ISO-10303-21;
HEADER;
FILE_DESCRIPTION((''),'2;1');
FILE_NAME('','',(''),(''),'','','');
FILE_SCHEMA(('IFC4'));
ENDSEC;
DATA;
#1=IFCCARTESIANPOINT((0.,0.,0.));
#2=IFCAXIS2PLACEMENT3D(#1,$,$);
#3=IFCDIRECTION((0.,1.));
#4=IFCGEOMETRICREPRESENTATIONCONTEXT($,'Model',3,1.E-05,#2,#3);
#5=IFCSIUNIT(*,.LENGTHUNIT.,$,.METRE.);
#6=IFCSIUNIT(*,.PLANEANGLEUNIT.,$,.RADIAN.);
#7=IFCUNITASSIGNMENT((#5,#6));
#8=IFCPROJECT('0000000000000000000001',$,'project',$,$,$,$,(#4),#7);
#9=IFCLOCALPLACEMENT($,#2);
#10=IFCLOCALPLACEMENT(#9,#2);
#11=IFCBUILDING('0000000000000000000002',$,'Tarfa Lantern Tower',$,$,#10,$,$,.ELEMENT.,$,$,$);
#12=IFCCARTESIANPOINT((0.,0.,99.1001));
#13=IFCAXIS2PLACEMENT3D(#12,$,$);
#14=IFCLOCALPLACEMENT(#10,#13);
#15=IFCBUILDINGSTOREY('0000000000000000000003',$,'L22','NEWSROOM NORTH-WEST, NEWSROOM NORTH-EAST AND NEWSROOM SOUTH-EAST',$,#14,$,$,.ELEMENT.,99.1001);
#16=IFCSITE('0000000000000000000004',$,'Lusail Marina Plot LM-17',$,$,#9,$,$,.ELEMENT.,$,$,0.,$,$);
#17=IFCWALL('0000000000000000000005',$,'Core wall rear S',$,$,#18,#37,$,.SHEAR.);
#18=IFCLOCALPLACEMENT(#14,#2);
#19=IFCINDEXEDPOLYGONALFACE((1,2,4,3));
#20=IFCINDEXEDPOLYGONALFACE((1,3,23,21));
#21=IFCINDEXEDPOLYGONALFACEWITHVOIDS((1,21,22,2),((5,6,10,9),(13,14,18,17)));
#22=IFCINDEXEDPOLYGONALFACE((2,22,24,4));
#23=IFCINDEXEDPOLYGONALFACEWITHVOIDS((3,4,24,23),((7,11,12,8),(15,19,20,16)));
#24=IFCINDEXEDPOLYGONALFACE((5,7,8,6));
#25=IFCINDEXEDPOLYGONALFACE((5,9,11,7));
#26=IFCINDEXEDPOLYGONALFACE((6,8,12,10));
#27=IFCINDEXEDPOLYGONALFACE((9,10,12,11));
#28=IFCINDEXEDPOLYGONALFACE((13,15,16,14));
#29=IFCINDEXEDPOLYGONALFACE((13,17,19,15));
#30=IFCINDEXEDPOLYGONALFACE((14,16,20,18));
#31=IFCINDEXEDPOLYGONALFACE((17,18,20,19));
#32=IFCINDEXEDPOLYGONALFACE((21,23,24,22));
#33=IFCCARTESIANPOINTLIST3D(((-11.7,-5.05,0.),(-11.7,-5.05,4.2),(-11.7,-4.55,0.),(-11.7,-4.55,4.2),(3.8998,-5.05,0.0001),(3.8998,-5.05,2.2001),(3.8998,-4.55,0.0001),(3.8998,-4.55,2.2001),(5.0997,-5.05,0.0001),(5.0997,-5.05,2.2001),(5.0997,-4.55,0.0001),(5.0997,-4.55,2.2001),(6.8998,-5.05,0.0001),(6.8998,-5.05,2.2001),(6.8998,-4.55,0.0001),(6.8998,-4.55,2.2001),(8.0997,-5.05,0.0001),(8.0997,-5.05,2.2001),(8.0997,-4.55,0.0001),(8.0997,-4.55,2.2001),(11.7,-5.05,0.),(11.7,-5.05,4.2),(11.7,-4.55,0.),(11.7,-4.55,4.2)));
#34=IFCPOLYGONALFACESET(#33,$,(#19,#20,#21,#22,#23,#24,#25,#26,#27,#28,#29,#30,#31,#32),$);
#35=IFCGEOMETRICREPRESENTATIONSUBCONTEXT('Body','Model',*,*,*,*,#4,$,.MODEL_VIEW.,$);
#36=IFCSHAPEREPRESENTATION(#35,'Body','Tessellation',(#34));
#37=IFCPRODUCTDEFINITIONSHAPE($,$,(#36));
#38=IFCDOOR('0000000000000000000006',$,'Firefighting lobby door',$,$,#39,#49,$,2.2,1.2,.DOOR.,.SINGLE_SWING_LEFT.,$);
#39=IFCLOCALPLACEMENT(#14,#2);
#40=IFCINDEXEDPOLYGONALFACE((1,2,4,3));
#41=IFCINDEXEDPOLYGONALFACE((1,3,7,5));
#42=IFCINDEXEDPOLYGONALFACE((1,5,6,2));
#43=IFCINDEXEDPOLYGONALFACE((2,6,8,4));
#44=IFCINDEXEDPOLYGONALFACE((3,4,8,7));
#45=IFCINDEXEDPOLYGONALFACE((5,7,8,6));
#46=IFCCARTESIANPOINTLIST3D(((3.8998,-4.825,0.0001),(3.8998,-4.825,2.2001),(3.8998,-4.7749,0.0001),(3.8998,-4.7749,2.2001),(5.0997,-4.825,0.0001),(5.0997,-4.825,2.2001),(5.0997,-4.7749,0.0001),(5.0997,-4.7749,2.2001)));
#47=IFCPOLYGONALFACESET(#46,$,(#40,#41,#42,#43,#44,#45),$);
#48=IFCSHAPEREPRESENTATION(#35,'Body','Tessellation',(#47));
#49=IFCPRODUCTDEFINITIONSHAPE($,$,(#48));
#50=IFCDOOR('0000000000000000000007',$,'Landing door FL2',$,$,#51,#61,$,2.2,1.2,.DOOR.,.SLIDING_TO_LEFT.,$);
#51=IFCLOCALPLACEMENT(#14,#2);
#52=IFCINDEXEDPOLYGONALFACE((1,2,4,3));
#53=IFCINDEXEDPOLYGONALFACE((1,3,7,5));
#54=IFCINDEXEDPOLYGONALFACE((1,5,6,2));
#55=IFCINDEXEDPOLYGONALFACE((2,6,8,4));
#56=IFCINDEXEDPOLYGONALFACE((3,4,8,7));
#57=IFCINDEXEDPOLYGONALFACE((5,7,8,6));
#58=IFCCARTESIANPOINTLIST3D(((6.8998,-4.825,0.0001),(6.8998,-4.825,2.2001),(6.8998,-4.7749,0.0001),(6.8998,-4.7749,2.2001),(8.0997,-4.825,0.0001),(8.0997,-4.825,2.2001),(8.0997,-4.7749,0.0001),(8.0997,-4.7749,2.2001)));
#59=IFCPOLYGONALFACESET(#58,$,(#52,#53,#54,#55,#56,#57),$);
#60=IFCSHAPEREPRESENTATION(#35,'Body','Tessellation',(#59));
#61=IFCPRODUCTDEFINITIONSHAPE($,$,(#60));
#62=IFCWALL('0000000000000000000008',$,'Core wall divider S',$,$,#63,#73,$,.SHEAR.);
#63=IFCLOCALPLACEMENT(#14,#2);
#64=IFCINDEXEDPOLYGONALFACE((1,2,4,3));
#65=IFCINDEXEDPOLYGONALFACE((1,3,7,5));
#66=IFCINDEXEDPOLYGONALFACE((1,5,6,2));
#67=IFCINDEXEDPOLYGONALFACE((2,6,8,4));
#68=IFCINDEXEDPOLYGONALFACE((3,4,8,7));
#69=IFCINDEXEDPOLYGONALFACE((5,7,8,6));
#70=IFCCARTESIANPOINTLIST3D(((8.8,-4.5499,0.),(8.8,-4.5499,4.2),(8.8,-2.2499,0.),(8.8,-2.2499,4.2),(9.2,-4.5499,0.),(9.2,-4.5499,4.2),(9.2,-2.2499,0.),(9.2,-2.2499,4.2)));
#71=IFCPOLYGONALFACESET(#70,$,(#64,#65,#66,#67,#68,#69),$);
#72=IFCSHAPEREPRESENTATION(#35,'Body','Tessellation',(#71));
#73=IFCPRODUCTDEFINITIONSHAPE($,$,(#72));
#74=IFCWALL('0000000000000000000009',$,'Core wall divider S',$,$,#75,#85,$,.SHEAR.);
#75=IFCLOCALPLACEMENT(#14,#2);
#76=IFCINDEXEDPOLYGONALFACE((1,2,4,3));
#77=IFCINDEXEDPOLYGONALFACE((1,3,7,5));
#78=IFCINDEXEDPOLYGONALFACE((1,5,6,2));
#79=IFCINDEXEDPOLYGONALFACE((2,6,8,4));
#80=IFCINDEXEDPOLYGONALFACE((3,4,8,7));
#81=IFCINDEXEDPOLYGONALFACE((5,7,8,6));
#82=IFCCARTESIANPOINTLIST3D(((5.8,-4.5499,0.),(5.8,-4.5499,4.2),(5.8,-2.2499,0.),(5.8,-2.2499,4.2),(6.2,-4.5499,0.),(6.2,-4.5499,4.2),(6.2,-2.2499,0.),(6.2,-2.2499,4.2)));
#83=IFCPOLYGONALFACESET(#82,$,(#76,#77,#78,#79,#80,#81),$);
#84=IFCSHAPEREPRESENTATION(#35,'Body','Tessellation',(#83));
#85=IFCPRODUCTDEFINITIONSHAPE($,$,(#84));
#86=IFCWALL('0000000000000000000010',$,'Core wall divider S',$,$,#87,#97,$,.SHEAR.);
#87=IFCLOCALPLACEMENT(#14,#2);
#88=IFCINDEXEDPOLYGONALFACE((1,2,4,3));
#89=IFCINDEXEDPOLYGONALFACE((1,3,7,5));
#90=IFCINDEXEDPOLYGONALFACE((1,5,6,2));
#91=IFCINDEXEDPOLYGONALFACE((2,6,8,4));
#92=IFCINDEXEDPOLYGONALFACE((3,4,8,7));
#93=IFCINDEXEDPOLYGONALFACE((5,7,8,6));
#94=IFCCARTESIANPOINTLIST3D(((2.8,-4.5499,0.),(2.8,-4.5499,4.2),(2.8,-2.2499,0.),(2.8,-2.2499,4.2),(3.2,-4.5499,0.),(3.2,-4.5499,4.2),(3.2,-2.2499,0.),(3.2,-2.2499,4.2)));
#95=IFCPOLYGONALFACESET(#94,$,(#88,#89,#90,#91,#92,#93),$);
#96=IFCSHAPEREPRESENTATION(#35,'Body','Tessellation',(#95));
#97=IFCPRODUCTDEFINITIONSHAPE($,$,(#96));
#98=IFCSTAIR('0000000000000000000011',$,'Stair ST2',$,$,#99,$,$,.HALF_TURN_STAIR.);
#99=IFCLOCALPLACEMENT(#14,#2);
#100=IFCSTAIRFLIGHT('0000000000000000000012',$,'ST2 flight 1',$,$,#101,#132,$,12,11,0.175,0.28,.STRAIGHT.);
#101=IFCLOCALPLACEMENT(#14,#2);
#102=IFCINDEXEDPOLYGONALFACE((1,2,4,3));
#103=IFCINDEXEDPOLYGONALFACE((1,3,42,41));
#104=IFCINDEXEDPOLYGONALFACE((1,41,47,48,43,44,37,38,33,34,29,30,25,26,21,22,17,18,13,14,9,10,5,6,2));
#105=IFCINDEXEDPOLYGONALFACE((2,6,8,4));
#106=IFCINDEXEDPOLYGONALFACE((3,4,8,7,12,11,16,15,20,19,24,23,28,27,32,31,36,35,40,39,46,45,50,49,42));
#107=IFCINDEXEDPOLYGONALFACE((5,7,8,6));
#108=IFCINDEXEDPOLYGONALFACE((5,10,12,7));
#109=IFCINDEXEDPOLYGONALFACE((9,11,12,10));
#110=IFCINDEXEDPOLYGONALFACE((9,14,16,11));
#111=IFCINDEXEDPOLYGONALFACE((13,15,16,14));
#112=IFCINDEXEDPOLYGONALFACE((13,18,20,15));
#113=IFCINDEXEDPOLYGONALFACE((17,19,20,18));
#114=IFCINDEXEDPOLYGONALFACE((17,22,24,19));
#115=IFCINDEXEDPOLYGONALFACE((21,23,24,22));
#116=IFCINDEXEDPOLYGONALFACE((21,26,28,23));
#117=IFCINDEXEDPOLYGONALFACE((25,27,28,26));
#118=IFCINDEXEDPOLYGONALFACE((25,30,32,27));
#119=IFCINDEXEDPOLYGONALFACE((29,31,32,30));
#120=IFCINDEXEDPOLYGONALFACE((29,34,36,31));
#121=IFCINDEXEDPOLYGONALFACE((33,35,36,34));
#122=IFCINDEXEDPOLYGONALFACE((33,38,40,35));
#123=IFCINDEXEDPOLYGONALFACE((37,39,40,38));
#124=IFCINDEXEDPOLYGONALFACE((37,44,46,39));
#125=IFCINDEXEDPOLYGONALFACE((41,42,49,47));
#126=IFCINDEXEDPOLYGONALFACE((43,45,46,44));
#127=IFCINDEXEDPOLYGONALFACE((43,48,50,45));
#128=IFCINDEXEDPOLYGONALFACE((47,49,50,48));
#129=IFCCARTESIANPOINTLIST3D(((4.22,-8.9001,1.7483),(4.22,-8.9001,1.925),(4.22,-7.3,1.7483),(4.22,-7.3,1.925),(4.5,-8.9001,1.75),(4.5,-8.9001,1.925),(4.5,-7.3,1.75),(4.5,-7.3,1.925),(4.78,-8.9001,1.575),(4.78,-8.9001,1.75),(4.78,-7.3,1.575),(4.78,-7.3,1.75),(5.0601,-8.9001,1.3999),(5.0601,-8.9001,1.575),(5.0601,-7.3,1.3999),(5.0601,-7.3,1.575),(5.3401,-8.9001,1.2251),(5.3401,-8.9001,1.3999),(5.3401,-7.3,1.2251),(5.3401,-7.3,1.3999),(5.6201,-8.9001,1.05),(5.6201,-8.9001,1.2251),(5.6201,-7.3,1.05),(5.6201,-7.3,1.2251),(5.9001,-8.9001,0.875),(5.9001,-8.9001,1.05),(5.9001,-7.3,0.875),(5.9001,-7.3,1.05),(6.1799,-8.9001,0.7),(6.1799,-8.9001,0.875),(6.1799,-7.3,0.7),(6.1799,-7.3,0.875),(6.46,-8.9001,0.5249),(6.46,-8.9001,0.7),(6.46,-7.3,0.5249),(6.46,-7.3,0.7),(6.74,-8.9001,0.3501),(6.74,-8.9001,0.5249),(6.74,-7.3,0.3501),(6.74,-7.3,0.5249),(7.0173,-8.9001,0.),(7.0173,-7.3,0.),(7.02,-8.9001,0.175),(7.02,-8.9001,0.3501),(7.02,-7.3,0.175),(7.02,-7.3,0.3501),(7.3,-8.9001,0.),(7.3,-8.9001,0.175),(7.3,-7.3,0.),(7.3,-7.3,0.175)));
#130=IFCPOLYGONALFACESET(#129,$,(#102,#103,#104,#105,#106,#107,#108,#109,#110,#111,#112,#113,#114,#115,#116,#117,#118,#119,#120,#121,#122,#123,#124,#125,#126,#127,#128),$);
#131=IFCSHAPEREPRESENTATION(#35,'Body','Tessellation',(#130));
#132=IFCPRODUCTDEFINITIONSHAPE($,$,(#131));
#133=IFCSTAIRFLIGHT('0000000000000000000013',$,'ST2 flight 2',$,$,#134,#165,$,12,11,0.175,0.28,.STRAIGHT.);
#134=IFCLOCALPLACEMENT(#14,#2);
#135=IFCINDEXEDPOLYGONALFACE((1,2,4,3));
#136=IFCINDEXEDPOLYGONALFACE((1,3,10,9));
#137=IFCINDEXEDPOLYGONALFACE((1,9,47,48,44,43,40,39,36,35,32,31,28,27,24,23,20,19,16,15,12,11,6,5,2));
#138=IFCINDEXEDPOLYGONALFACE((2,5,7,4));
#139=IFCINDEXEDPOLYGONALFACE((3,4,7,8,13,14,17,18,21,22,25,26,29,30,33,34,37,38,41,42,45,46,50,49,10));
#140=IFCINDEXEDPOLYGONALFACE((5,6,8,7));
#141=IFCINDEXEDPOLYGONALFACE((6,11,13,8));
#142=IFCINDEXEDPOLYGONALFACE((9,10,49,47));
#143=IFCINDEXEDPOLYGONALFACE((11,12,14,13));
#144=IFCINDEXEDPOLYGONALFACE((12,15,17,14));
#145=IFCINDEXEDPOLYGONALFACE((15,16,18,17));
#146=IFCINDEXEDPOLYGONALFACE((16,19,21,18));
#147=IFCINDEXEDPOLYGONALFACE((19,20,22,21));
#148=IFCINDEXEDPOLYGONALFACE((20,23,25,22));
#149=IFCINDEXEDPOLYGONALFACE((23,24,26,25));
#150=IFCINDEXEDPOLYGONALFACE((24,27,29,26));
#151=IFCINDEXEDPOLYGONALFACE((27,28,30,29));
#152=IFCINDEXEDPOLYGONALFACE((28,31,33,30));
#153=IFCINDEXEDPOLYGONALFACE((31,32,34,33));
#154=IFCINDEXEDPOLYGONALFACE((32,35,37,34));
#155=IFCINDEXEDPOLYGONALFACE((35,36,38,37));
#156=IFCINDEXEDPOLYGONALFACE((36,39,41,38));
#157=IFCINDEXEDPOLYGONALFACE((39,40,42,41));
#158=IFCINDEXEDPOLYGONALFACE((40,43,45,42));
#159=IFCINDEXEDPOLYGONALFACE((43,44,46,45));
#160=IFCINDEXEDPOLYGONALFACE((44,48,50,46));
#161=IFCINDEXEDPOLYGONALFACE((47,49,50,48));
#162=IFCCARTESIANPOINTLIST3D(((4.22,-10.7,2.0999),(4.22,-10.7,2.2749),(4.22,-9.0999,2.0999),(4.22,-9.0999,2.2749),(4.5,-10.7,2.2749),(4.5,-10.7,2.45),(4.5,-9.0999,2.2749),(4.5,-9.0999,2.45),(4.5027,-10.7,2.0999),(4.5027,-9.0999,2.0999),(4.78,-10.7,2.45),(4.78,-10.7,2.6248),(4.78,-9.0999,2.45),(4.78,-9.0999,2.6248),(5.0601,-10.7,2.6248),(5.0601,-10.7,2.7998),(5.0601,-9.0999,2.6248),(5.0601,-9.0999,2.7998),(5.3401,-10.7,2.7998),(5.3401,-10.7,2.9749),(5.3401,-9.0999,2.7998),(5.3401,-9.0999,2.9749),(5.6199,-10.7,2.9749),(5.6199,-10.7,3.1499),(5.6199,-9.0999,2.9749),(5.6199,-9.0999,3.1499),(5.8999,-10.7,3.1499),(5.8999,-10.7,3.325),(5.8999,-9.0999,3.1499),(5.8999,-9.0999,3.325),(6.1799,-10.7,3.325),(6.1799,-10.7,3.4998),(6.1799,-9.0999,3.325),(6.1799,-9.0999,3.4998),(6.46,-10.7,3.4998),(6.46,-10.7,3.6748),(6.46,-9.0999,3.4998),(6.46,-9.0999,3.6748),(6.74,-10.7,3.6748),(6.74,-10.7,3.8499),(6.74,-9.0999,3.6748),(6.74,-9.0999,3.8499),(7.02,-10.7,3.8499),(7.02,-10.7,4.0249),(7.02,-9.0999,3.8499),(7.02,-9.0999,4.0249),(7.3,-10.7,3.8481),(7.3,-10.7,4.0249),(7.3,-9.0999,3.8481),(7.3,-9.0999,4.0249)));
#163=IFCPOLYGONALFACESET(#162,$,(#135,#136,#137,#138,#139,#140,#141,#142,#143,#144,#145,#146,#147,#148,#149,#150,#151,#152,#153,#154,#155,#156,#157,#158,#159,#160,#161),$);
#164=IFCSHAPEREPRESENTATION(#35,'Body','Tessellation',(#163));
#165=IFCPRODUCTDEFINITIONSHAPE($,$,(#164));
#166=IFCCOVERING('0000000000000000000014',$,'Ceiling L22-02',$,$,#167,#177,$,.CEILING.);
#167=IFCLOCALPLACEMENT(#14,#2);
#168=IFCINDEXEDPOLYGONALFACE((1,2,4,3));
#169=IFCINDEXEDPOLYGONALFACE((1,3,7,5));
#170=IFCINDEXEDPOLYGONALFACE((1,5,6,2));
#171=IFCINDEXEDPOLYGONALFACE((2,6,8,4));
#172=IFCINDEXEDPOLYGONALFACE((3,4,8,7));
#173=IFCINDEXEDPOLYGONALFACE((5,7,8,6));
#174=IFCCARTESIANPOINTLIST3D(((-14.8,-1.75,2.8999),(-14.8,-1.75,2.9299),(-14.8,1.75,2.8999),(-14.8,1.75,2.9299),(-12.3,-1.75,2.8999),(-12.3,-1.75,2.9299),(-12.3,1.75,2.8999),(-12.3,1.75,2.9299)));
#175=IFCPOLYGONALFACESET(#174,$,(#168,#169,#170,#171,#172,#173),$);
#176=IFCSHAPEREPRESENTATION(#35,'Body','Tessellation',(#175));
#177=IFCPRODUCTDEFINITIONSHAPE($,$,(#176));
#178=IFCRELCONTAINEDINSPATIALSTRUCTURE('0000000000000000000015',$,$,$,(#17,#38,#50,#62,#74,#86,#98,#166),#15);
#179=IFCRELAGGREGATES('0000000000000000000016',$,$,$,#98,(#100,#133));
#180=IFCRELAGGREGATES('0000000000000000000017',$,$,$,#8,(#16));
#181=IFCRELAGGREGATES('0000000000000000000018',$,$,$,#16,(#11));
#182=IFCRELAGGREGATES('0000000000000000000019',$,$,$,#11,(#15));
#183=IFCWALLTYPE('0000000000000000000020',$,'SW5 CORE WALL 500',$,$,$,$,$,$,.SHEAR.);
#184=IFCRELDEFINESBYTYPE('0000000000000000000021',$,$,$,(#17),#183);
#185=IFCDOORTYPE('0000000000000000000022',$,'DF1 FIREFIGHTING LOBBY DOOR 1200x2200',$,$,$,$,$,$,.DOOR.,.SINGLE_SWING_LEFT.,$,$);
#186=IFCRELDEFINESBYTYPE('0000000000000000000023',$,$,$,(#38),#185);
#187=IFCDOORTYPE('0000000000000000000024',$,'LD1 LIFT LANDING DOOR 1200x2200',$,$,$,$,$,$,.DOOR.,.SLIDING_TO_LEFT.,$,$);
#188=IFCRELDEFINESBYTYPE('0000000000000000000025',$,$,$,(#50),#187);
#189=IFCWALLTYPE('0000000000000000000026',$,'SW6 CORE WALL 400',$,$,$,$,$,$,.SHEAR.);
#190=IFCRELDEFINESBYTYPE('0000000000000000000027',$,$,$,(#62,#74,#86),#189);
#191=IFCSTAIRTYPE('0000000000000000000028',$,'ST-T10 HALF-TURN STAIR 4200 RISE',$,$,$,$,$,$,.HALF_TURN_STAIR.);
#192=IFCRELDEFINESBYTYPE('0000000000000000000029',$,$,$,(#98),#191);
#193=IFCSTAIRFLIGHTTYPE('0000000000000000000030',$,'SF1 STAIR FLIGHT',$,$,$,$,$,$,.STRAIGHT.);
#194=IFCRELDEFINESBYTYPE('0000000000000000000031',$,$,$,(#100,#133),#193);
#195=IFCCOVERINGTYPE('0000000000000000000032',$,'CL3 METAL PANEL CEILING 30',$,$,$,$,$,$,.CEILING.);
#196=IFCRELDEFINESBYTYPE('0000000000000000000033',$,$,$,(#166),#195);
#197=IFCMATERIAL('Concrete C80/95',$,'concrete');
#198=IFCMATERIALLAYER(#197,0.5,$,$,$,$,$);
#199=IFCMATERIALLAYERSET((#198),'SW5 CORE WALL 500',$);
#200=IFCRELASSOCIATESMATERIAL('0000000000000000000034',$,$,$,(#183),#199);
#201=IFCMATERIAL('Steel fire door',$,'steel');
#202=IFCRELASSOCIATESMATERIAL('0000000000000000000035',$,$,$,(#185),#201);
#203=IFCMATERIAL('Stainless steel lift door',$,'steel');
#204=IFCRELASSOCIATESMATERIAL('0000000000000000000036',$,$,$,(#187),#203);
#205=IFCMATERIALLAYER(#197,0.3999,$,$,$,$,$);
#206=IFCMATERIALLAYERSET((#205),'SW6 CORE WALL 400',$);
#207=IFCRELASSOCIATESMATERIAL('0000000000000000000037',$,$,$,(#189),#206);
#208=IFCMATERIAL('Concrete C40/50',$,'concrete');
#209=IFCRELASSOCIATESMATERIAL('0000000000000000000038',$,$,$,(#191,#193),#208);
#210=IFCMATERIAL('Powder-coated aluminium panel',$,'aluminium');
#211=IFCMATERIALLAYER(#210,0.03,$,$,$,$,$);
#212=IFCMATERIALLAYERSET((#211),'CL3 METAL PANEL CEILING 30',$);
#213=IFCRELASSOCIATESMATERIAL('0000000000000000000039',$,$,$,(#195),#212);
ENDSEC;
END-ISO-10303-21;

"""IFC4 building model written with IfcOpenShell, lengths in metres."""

from ifc_helpers import new_model, si_unit, direction, frame, frame_2d, origin, place, context, subcontext, project, spatial, polyline, rectangle, outline, extrude, material, layer, layer_set, type_object, element, fill, aggregate, save


model = new_model("IFC4")

# Units and contexts
model_context = context("Model", 3, precision=1e-05, world=origin(), true_north=direction((0.0, 1.0)))
body_context = subcontext(model_context, "Body", "Model", "MODEL_VIEW")
ifc_project = project(units=[si_unit("LENGTHUNIT", "METRE"), si_unit("PLANEANGLEUNIT", "RADIAN")], contexts=[model_context])

# Site, building, storey
site_placement = place(None, origin())
site = spatial("IfcSite", under=ifc_project, at=site_placement, Name="Lusail Marina Plot LM-17", CompositionType="ELEMENT", RefElevation=0.0)
building_placement = place(site_placement, origin())
building = spatial("IfcBuilding", under=site, at=building_placement, Name="Tarfa Lantern Tower", CompositionType="ELEMENT")
storey_placement = place(building_placement, frame((0.0, 0.0, 99.1001)))
storey = spatial("IfcBuildingStorey", under=building, at=storey_placement, Name="L22", Description="NEWSROOM NORTH-WEST, NEWSROOM NORTH-EAST AND NEWSROOM SOUTH-EAST", CompositionType="ELEMENT", Elevation=99.1001)

# Shared definitions
ifc_material_1 = material(Name="Concrete C80/95", Category="concrete")

# Shared definitions
ifc_material_2 = material(Name="Steel fire door", Category="steel")

# Shared definitions
ifc_layer_1 = layer(ifc_material_1, 0.5)
ifc_layer_set_1 = layer_set([ifc_layer_1], Name="SW5 CORE WALL 500")
wall_type_1 = type_object("IfcWallType", Name="SW5 CORE WALL 500", PredefinedType="SHEAR", material=ifc_layer_set_1)

# Shared definitions
ifc_material_3 = material(Name="Stainless steel lift door", Category="steel")

# Wall, openings, doors
wall_1_placement = place(storey_placement, frame((11.7, -4.8, 0.0), z_axis=(0.0, 0.0, 1.0), x_axis=(-1.0, 0.0, 0.0)))
wall_1 = element("IfcWall", 1, at=wall_1_placement, inside=storey, type_object=wall_type_1, Name="Core wall rear S", PredefinedType="SHEAR", context=body_context, shape_type="SweptSolid", body=[
    extrude(rectangle(XDim=23.3999, YDim=0.5, at=frame_2d((11.7, 0.0))), origin(), (0.0, 0.0, 1.0), 4.2),
])
opening_1_placement = place(wall_1_placement, frame((6.6001, 0.0, 0.0)))
opening_1 = element("IfcOpeningElement", 2, at=opening_1_placement, cuts=wall_1, PredefinedType="OPENING", context=body_context, shape_type="SweptSolid", body=[
    extrude(rectangle(XDim=1.2, YDim=2.2, at=frame_2d((0.6001, 1.1001))), frame((0.0, 0.26, 0.0), z_axis=(0.0, -1.0, 0.0), x_axis=(1.0, 0.0, 0.0)), (0.0, 0.0, 1.0), 0.52),
])
opening_2_placement = place(wall_1_placement, frame((3.6001, 0.0, 0.0)))
opening_2 = element("IfcOpeningElement", 3, at=opening_2_placement, cuts=wall_1, PredefinedType="OPENING", context=body_context, shape_type="SweptSolid", body=[
    extrude(rectangle(XDim=1.2, YDim=2.2, at=frame_2d((0.6001, 1.1001))), frame((0.0, 0.26, 0.0), z_axis=(0.0, -1.0, 0.0), x_axis=(1.0, 0.0, 0.0)), (0.0, 0.0, 1.0), 0.52),
])
door_type_1 = type_object("IfcDoorType", Name="DF1 FIREFIGHTING LOBBY DOOR 1200x2200", OperationType="SINGLE_SWING_LEFT", PredefinedType="DOOR", material=ifc_material_2)
door_1_placement = place(opening_1_placement, origin())
door_1 = element("IfcDoor", 4, at=door_1_placement, inside=storey, type_object=door_type_1, Name="Firefighting lobby door", OperationType="SINGLE_SWING_LEFT", OverallHeight=2.2, OverallWidth=1.2, PredefinedType="DOOR", context=body_context, shape_type="SweptSolid", body=[
    extrude(rectangle(XDim=1.2, YDim=2.2, at=frame_2d((0.6001, 1.1001))), frame((0.0, 0.0249, 0.0), z_axis=(0.0, -1.0, 0.0), x_axis=(1.0, 0.0, 0.0)), (0.0, 0.0, 1.0), 0.05),
])
fill(opening_1, door_1)
door_type_2 = type_object("IfcDoorType", Name="LD1 LIFT LANDING DOOR 1200x2200", OperationType="SLIDING_TO_LEFT", PredefinedType="DOOR", material=ifc_material_3)
door_2_placement = place(opening_2_placement, origin())
door_2 = element("IfcDoor", 5, at=door_2_placement, inside=storey, type_object=door_type_2, Name="Landing door FL2", OperationType="SLIDING_TO_LEFT", OverallHeight=2.2, OverallWidth=1.2, PredefinedType="DOOR", context=body_context, shape_type="SweptSolid", body=[
    extrude(rectangle(XDim=1.2, YDim=2.2, at=frame_2d((0.6001, 1.1001))), frame((0.0, 0.0249, 0.0), z_axis=(0.0, -1.0, 0.0), x_axis=(1.0, 0.0, 0.0)), (0.0, 0.0, 1.0), 0.05),
])
fill(opening_2, door_2)

# Walls
ifc_layer_2 = layer(ifc_material_1, 0.3999)
ifc_layer_set_2 = layer_set([ifc_layer_2], Name="SW6 CORE WALL 400")
wall_type_2 = type_object("IfcWallType", Name="SW6 CORE WALL 400", PredefinedType="SHEAR", material=ifc_layer_set_2)
for number, where, z_axis, x_axis, name in (
    (6, (9.0, -2.25, 0.0), (0.0, 0.0, 1.0), (0.0, -1.0, 0.0), "Core wall divider S"),
    (7, (6.0, -2.25, 0.0), (0.0, 0.0, 1.0), (0.0, -1.0, 0.0), "Core wall divider S"),
    (8, (3.0, -2.25, 0.0), (0.0, 0.0, 1.0), (0.0, -1.0, 0.0), "Core wall divider S"),
):
    element("IfcWall", number, at=place(storey_placement, frame(where, z_axis=z_axis, x_axis=x_axis)), inside=storey, type_object=wall_type_2, Name=name, PredefinedType="SHEAR", context=body_context, shape_type="SweptSolid", body=[
        extrude(rectangle(XDim=2.3, YDim=0.3999, at=frame_2d((1.1499, 0.0))), origin(), (0.0, 0.0, 1.0), 4.2),
    ])

# Stair, stair flights
ifc_material_4 = material(Name="Concrete C40/50", Category="concrete")
stair_type = type_object("IfcStairType", Name="ST-T10 HALF-TURN STAIR 4200 RISE", PredefinedType="HALF_TURN_STAIR", material=ifc_material_4)
stair_placement = place(storey_placement, origin())
stair = element("IfcStair", 9, at=stair_placement, inside=storey, type_object=stair_type, Name="Stair ST2", PredefinedType="HALF_TURN_STAIR")
stair_flight_type = type_object("IfcStairFlightType", Name="SF1 STAIR FLIGHT", PredefinedType="STRAIGHT", material=ifc_material_4)
stair_flight_1_placement = place(storey_placement, frame((7.3, -8.1001, 0.0), z_axis=(0.0, 0.0, 1.0), x_axis=(-1.0, 0.0, 0.0)))
stair_flight_1 = element("IfcStairFlight", 10, at=stair_flight_1_placement, type_object=stair_flight_type, Name="ST2 flight 1", NumberOfRisers=12, NumberOfTreads=11, PredefinedType="STRAIGHT", RiserHeight=0.175, TreadLength=0.28, context=body_context, shape_type="SweptSolid", body=[
    extrude(outline(polyline([(0.0, 0.0), (0.0, 0.175), (0.28, 0.175), (0.28, 0.3501), (0.5601, 0.3501), (0.5601, 0.5249), (0.8401, 0.5249), (0.8401, 0.7), (1.1201, 0.7), (1.1201, 0.875), (1.3999, 0.875), (1.3999, 1.05), (1.6799, 1.05), (1.6799, 1.2251), (1.96, 1.2251), (1.96, 1.3999), (2.24, 1.3999), (2.24, 1.575), (2.52, 1.575), (2.52, 1.75), (2.8, 1.75), (2.8, 1.925), (3.0801, 1.925), (3.0801, 2.1001), (3.0801, 1.7483), (0.2827, 0.0), (0.0, 0.0)])), frame((0.0, 0.8, 0.0), z_axis=(0.0, -1.0, 0.0), x_axis=(1.0, 0.0, 0.0)), (0.0, 0.0, 1.0), 1.6001),
])
stair_flight_2_placement = place(storey_placement, frame((4.22, -9.8999, 2.0999), z_axis=(0.0, 0.0, 1.0), x_axis=(1.0, 0.0, 0.0)))
stair_flight_2 = element("IfcStairFlight", 11, at=stair_flight_2_placement, type_object=stair_flight_type, Name="ST2 flight 2", NumberOfRisers=12, NumberOfTreads=11, PredefinedType="STRAIGHT", RiserHeight=0.175, TreadLength=0.28, context=body_context, shape_type="SweptSolid", body=[
    extrude(outline(polyline([(0.0, 0.0), (0.0, 0.175), (0.28, 0.175), (0.28, 0.3501), (0.5601, 0.3501), (0.5601, 0.5249), (0.8401, 0.5249), (0.8401, 0.7), (1.1201, 0.7), (1.1201, 0.875), (1.3999, 0.875), (1.3999, 1.05), (1.6799, 1.05), (1.6799, 1.2251), (1.96, 1.2251), (1.96, 1.3999), (2.24, 1.3999), (2.24, 1.575), (2.52, 1.575), (2.52, 1.75), (2.8, 1.75), (2.8, 1.925), (3.0801, 1.925), (3.0801, 2.1001), (3.0801, 1.7483), (0.2827, 0.0), (0.0, 0.0)])), frame((0.0, 0.8, 0.0), z_axis=(0.0, -1.0, 0.0), x_axis=(1.0, 0.0, 0.0)), (0.0, 0.0, 1.0), 1.6001),
])
aggregate(stair, [stair_flight_1, stair_flight_2])

# Covering
ifc_material_5 = material(Name="Powder-coated aluminium panel", Category="aluminium")
ifc_layer_3 = layer(ifc_material_5, 0.03)
ifc_layer_set_3 = layer_set([ifc_layer_3], Name="CL3 METAL PANEL CEILING 30")
covering_type_1 = type_object("IfcCoveringType", Name="CL3 METAL PANEL CEILING 30", PredefinedType="CEILING", material=ifc_layer_set_3)
covering_1_placement = place(storey_placement, frame((0.0, 0.0, 2.8999)))
element("IfcCovering", 12, at=covering_1_placement, inside=storey, type_object=covering_type_1, Name="Ceiling L22-02", PredefinedType="CEILING", context=body_context, shape_type="SweptSolid", body=[
    extrude(outline(polyline([(-14.8, -1.75), (-12.3, -1.75), (-12.3, 1.75), (-14.8, 1.75), (-14.8, -1.75)])), origin(), (0.0, 0.0, 1.0), 0.03),
])

save(model, "model.ifc")
